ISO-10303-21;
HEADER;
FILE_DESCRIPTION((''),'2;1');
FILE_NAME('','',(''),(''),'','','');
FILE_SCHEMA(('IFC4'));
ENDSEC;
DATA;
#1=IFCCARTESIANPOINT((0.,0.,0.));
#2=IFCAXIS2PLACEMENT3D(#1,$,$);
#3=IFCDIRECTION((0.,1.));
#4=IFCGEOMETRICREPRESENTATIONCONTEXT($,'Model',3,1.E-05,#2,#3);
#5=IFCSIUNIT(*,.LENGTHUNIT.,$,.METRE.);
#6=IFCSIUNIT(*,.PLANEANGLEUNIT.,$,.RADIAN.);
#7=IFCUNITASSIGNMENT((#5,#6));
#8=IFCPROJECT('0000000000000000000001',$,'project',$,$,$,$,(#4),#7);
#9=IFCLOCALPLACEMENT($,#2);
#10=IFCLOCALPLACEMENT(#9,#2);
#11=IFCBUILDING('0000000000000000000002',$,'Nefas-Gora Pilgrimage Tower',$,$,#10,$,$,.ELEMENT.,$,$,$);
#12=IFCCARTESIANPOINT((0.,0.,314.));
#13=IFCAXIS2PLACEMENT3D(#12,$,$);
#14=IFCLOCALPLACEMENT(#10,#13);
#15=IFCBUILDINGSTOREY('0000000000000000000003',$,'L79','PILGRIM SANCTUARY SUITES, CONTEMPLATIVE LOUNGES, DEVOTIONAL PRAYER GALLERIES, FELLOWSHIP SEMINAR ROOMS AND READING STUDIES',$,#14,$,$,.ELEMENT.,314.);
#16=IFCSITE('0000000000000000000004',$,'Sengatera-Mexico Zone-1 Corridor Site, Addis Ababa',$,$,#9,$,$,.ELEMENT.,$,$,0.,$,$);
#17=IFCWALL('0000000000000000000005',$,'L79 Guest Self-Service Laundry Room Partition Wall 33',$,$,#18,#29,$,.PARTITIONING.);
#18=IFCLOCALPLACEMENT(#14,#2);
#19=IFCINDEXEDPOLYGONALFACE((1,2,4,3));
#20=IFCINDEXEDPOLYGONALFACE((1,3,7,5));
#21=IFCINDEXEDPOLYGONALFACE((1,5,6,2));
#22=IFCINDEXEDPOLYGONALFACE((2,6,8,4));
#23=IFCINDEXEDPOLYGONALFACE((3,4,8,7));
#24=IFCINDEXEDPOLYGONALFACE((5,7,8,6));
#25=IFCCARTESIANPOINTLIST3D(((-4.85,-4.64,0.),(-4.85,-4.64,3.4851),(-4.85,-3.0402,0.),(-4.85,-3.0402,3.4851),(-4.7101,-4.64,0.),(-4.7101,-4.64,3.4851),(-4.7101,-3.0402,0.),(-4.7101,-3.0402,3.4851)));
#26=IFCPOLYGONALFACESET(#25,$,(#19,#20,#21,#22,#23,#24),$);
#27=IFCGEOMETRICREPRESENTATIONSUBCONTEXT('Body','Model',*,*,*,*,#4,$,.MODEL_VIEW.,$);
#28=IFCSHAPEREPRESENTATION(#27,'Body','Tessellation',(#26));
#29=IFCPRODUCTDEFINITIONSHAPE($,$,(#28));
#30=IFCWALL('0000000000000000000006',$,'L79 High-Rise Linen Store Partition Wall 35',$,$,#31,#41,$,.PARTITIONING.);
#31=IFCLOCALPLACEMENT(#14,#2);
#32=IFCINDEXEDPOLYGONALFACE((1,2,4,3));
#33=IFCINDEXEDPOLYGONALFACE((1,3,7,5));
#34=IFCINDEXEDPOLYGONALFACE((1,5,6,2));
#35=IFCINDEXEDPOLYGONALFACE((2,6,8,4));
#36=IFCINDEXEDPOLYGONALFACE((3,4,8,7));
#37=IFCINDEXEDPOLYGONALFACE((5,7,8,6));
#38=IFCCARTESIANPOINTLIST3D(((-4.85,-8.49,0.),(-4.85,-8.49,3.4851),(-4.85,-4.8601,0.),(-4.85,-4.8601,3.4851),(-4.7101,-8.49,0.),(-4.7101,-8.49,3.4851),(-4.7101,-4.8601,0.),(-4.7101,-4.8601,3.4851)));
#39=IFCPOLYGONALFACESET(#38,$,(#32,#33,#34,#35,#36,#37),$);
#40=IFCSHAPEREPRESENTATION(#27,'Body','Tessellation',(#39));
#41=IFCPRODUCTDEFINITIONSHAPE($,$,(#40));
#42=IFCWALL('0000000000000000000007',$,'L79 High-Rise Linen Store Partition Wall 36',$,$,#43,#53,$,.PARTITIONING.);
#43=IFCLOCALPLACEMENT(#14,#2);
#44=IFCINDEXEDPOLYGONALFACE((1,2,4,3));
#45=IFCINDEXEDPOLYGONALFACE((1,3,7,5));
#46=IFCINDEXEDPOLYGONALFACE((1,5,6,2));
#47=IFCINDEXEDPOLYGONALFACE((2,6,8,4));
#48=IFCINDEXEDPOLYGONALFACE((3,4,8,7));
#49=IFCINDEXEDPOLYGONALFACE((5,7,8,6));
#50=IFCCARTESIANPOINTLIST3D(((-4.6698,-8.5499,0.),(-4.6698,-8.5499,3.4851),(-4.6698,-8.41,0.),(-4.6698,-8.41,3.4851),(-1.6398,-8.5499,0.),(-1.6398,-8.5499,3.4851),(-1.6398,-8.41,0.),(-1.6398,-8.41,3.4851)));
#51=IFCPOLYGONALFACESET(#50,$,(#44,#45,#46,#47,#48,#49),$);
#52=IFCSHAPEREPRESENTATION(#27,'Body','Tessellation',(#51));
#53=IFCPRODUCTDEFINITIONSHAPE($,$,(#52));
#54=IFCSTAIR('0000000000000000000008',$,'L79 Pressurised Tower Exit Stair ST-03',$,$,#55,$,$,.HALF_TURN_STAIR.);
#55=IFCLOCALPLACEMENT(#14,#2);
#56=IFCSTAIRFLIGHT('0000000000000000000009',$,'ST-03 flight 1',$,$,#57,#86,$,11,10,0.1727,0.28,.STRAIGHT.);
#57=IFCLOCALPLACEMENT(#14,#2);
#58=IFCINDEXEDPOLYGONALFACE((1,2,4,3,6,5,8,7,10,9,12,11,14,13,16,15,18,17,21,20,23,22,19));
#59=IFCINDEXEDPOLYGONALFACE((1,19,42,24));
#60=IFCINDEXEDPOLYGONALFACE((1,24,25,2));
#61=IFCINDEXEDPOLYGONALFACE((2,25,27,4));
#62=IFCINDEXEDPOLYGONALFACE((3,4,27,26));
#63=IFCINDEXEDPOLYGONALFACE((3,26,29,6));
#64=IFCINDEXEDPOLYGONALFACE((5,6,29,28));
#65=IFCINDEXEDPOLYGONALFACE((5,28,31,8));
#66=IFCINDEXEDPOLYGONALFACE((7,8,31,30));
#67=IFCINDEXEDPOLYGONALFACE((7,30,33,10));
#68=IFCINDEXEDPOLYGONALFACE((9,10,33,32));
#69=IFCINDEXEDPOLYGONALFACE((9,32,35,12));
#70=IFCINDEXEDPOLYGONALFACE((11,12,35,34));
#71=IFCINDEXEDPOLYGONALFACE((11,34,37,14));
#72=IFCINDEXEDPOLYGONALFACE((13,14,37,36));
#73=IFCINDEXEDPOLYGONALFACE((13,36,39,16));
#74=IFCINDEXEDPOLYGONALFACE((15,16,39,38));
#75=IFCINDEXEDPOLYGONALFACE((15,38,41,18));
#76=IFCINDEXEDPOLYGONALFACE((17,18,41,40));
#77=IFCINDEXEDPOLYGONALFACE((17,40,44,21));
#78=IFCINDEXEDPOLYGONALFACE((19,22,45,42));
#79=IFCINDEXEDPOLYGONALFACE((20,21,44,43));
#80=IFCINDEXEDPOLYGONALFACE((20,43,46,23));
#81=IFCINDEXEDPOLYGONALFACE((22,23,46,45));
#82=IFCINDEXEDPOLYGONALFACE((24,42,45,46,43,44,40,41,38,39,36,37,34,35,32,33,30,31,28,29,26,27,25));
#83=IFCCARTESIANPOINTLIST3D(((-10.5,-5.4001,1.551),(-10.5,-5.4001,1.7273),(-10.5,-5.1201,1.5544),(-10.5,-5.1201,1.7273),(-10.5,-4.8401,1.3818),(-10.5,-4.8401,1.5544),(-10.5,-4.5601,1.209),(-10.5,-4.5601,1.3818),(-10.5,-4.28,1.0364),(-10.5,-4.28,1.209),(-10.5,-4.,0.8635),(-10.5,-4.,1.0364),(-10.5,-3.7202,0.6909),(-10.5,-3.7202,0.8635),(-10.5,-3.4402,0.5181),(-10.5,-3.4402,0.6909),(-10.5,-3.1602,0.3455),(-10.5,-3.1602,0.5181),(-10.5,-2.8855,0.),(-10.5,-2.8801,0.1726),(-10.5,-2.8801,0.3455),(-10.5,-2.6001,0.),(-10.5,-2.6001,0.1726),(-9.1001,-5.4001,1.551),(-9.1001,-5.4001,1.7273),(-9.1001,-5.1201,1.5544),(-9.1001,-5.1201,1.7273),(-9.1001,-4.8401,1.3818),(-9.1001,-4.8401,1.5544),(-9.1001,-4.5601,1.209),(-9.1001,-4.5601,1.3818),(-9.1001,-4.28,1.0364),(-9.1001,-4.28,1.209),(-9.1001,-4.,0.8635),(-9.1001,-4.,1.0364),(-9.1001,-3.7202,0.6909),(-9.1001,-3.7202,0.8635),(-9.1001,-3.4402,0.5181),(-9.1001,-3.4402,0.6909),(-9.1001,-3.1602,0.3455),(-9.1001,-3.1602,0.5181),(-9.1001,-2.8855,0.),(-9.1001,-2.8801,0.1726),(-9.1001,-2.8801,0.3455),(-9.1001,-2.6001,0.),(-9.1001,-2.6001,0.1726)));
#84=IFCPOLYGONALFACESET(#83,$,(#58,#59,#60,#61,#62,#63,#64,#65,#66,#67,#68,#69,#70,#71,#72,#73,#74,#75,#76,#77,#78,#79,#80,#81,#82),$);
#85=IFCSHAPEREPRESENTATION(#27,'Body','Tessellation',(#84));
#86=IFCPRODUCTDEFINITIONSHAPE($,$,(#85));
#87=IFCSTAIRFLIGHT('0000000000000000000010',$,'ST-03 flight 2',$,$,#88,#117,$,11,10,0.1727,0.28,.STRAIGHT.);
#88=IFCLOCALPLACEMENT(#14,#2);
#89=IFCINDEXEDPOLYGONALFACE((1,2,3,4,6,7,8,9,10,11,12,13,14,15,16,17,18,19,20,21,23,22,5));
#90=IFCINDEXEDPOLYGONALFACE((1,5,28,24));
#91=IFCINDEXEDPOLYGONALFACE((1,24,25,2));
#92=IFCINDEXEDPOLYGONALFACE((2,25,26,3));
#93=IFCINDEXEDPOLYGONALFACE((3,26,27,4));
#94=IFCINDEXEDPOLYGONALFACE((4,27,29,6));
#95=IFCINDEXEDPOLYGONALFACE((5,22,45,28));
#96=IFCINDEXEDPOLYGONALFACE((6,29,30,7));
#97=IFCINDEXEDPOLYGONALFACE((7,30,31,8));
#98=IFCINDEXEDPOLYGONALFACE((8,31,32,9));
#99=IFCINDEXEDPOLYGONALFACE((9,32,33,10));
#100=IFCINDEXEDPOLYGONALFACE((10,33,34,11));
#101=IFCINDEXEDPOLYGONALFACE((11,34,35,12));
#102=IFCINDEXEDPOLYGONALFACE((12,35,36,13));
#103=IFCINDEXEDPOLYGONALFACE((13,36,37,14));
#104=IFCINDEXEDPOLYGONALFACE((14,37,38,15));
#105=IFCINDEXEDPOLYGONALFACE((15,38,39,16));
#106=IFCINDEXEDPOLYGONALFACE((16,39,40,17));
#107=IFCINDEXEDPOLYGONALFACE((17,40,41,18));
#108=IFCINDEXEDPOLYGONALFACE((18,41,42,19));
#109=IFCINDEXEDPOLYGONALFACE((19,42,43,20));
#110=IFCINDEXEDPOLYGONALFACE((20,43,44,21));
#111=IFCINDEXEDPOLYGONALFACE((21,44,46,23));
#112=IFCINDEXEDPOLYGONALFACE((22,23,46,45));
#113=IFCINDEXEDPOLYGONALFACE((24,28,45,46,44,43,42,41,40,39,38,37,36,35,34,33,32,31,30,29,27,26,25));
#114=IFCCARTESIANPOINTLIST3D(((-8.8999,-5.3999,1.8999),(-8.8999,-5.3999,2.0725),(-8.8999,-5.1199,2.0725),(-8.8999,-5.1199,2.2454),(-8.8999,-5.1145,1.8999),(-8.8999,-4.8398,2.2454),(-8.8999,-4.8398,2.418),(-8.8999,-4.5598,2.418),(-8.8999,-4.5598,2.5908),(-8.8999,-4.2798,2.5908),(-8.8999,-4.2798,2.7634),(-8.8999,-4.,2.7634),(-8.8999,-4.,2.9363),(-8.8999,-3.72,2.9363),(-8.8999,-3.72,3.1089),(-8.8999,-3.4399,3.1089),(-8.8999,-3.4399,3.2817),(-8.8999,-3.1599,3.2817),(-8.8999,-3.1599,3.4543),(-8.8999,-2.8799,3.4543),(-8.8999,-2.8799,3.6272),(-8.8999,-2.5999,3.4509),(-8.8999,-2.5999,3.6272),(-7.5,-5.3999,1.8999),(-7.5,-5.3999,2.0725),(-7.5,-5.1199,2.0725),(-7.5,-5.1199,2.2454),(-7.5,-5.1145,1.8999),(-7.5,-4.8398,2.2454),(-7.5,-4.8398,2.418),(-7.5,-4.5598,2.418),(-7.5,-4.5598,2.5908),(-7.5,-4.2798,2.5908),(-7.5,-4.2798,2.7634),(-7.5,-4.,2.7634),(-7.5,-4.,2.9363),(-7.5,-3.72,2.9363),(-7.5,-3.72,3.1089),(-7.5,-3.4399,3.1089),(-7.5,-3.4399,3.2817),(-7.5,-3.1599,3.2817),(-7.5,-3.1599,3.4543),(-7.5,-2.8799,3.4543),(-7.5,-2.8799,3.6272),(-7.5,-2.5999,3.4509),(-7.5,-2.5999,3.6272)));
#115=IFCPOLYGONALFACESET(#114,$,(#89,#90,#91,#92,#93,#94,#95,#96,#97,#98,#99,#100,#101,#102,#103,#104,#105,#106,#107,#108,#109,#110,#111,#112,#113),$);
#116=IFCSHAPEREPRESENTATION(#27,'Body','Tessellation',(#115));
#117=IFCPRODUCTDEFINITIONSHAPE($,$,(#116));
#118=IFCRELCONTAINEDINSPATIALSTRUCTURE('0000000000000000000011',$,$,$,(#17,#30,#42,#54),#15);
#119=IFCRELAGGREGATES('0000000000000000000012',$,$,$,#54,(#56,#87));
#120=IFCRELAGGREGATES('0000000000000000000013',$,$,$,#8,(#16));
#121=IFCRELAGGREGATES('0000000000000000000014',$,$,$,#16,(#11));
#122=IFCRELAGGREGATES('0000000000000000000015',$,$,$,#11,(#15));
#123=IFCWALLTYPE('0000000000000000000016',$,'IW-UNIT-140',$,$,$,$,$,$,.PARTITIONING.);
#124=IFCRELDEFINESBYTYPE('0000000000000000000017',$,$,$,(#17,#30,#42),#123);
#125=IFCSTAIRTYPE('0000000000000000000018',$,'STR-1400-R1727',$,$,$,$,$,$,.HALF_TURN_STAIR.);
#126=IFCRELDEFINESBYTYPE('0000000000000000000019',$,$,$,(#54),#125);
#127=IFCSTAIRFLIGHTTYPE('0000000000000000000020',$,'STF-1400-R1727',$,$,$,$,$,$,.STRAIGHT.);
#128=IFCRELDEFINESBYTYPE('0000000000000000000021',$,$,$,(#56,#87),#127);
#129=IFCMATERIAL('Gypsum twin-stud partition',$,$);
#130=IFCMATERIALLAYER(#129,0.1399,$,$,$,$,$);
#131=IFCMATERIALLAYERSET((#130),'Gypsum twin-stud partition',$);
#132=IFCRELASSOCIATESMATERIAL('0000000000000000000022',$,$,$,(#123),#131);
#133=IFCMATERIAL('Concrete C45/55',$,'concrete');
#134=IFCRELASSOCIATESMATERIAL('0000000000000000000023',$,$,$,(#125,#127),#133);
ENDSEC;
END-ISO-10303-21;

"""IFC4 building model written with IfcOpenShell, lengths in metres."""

from ifc_helpers import new_model, si_unit, direction, frame, frame_2d, origin, place, context, subcontext, project, spatial, polyline, rectangle, outline, extrude, source, transform, mapped, material, layer, layer_set, type_object, element, aggregate, save


model = new_model("IFC4")

# Units and contexts
model_context = context("Model", 3, precision=1e-05, world=origin(), true_north=direction((0.0, 1.0)))
body_context = subcontext(model_context, "Body", "Model", "MODEL_VIEW")
ifc_project = project(units=[si_unit("LENGTHUNIT", "METRE"), si_unit("PLANEANGLEUNIT", "RADIAN")], contexts=[model_context])

# Site, building, storey
site_placement = place(None, origin())
site = spatial("IfcSite", under=ifc_project, at=site_placement, Name="Sengatera-Mexico Zone-1 Corridor Site, Addis Ababa", CompositionType="ELEMENT", RefElevation=0.0)
building_placement = place(site_placement, origin())
building = spatial("IfcBuilding", under=site, at=building_placement, Name="Nefas-Gora Pilgrimage Tower", CompositionType="ELEMENT")
storey_placement = place(building_placement, frame((0.0, 0.0, 314.0)))
storey = spatial("IfcBuildingStorey", under=building, at=storey_placement, Name="L79", Description="PILGRIM SANCTUARY SUITES, CONTEMPLATIVE LOUNGES, DEVOTIONAL PRAYER GALLERIES, FELLOWSHIP SEMINAR ROOMS AND READING STUDIES", CompositionType="ELEMENT", Elevation=314.0)

# Shared definitions
ifc_material_1 = material(Name="Concrete C45/55", Category="concrete")

# Walls
ifc_material_2 = material(Name="Gypsum twin-stud partition")
ifc_layer_1 = layer(ifc_material_2, 0.1399)
ifc_layer_set_1 = layer_set([ifc_layer_1], Name="Gypsum twin-stud partition")
wall_type_1 = type_object("IfcWallType", Name="IW-UNIT-140", PredefinedType="PARTITIONING", material=ifc_layer_set_1)
shared_shape_1 = source(origin(), body_context, "Body", "SweptSolid", [
    extrude(rectangle(XDim=1.5999, YDim=0.1399, at=frame_2d((0.7998, 0.0))), origin(), (0.0, 0.0, 1.0), 3.4851),
])
wall_1_placement = place(storey_placement, frame((-4.78, -4.6399, 0.0), z_axis=(0.0, 0.0, 1.0), x_axis=(0.0, 1.0, 0.0)))
element("IfcWall", 1, at=wall_1_placement, inside=storey, type_object=wall_type_1, Name="L79 Guest Self-Service Laundry Room Partition Wall 33", PredefinedType="PARTITIONING", context=body_context, shape_type="MappedRepresentation", body=[
    mapped(shared_shape_1, transform((0.0, 0.0, 0.0), x_axis=(1.0, 0.0, 0.0), y_axis=(0.0, 1.0, 0.0), z_axis=(0.0, 0.0, 1.0), scale=1.0)),
])
shared_shape_2 = source(origin(), body_context, "Body", "SweptSolid", [
    extrude(rectangle(XDim=3.6299, YDim=0.1399, at=frame_2d((1.8149, 0.0))), origin(), (0.0, 0.0, 1.0), 3.4851),
])
wall_2_placement = place(storey_placement, frame((-4.78, -8.49, 0.0), z_axis=(0.0, 0.0, 1.0), x_axis=(0.0, 1.0, 0.0)))
element("IfcWall", 2, at=wall_2_placement, inside=storey, type_object=wall_type_1, Name="L79 High-Rise Linen Store Partition Wall 35", PredefinedType="PARTITIONING", context=body_context, shape_type="MappedRepresentation", body=[
    mapped(shared_shape_2, transform((0.0, 0.0, 0.0), x_axis=(1.0, 0.0, 0.0), y_axis=(0.0, 1.0, 0.0), z_axis=(0.0, 0.0, 1.0), scale=1.0)),
])
shared_shape_3 = source(origin(), body_context, "Body", "SweptSolid", [
    extrude(rectangle(XDim=3.03, YDim=0.1399, at=frame_2d((1.5151, 0.0))), origin(), (0.0, 0.0, 1.0), 3.4851),
])
wall_3_placement = place(storey_placement, frame((-4.6699, -8.48, 0.0), z_axis=(0.0, 0.0, 1.0), x_axis=(1.0, 0.0, 0.0)))
element("IfcWall", 3, at=wall_3_placement, inside=storey, type_object=wall_type_1, Name="L79 High-Rise Linen Store Partition Wall 36", PredefinedType="PARTITIONING", context=body_context, shape_type="MappedRepresentation", body=[
    mapped(shared_shape_3, transform((0.0, 0.0, 0.0), x_axis=(1.0, 0.0, 0.0), y_axis=(0.0, 1.0, 0.0), z_axis=(0.0, 0.0, 1.0), scale=1.0)),
])

# Stair, stair flights
stair_type = type_object("IfcStairType", Name="STR-1400-R1727", PredefinedType="HALF_TURN_STAIR", material=ifc_material_1)
stair_placement = place(storey_placement, origin())
stair = element("IfcStair", 4, at=stair_placement, inside=storey, type_object=stair_type, Name="L79 Pressurised Tower Exit Stair ST-03", PredefinedType="HALF_TURN_STAIR")
stair_flight_type = type_object("IfcStairFlightType", Name="STF-1400-R1727", PredefinedType="STRAIGHT", material=ifc_material_1)
shared_shape_4 = source(origin(), body_context, "Body", "SweptSolid", [
    extrude(outline(polyline([(0.0, 0.0), (0.0, 0.1726), (0.28, 0.1726), (0.28, 0.3455), (0.5601, 0.3455), (0.5601, 0.5181), (0.8401, 0.5181), (0.8401, 0.6909), (1.1201, 0.6909), (1.1201, 0.8635), (1.3999, 0.8635), (1.3999, 1.0364), (1.6799, 1.0364), (1.6799, 1.209), (1.96, 1.209), (1.96, 1.3818), (2.24, 1.3818), (2.24, 1.5544), (2.52, 1.5544), (2.52, 1.7273), (2.8, 1.7273), (2.8, 1.8999), (2.8, 1.551), (0.2854, 0.0), (0.0, 0.0)])), frame((0.0, 0.7, 0.0), z_axis=(0.0, -1.0, 0.0), x_axis=(1.0, 0.0, 0.0)), (0.0, 0.0, 1.0), 1.3999),
])
stair_flight_1_placement = place(storey_placement, frame((-9.8, -2.6001, 0.0), z_axis=(0.0, 0.0, 1.0), x_axis=(0.0, -1.0, 0.0)))
stair_flight_1 = element("IfcStairFlight", 5, at=stair_flight_1_placement, type_object=stair_flight_type, Name="ST-03 flight 1", NumberOfRisers=11, NumberOfTreads=10, PredefinedType="STRAIGHT", RiserHeight=0.1727, TreadLength=0.28, context=body_context, shape_type="MappedRepresentation", body=[
    mapped(shared_shape_4, transform((0.0, 0.0, 0.0), x_axis=(1.0, 0.0, 0.0), y_axis=(0.0, 1.0, 0.0), z_axis=(0.0, 0.0, 1.0), scale=1.0)),
])
stair_flight_2_placement = place(storey_placement, frame((-8.2, -5.3999, 1.8999), z_axis=(0.0, 0.0, 1.0), x_axis=(0.0, 1.0, 0.0)))
stair_flight_2 = element("IfcStairFlight", 6, at=stair_flight_2_placement, type_object=stair_flight_type, Name="ST-03 flight 2", NumberOfRisers=11, NumberOfTreads=10, PredefinedType="STRAIGHT", RiserHeight=0.1727, TreadLength=0.28, context=body_context, shape_type="MappedRepresentation", body=[
    mapped(shared_shape_4, transform((0.0, 0.0, 0.0), x_axis=(1.0, 0.0, 0.0), y_axis=(0.0, 1.0, 0.0), z_axis=(0.0, 0.0, 1.0), scale=1.0)),
])
aggregate(stair, [stair_flight_1, stair_flight_2])

save(model, "model.ifc")
